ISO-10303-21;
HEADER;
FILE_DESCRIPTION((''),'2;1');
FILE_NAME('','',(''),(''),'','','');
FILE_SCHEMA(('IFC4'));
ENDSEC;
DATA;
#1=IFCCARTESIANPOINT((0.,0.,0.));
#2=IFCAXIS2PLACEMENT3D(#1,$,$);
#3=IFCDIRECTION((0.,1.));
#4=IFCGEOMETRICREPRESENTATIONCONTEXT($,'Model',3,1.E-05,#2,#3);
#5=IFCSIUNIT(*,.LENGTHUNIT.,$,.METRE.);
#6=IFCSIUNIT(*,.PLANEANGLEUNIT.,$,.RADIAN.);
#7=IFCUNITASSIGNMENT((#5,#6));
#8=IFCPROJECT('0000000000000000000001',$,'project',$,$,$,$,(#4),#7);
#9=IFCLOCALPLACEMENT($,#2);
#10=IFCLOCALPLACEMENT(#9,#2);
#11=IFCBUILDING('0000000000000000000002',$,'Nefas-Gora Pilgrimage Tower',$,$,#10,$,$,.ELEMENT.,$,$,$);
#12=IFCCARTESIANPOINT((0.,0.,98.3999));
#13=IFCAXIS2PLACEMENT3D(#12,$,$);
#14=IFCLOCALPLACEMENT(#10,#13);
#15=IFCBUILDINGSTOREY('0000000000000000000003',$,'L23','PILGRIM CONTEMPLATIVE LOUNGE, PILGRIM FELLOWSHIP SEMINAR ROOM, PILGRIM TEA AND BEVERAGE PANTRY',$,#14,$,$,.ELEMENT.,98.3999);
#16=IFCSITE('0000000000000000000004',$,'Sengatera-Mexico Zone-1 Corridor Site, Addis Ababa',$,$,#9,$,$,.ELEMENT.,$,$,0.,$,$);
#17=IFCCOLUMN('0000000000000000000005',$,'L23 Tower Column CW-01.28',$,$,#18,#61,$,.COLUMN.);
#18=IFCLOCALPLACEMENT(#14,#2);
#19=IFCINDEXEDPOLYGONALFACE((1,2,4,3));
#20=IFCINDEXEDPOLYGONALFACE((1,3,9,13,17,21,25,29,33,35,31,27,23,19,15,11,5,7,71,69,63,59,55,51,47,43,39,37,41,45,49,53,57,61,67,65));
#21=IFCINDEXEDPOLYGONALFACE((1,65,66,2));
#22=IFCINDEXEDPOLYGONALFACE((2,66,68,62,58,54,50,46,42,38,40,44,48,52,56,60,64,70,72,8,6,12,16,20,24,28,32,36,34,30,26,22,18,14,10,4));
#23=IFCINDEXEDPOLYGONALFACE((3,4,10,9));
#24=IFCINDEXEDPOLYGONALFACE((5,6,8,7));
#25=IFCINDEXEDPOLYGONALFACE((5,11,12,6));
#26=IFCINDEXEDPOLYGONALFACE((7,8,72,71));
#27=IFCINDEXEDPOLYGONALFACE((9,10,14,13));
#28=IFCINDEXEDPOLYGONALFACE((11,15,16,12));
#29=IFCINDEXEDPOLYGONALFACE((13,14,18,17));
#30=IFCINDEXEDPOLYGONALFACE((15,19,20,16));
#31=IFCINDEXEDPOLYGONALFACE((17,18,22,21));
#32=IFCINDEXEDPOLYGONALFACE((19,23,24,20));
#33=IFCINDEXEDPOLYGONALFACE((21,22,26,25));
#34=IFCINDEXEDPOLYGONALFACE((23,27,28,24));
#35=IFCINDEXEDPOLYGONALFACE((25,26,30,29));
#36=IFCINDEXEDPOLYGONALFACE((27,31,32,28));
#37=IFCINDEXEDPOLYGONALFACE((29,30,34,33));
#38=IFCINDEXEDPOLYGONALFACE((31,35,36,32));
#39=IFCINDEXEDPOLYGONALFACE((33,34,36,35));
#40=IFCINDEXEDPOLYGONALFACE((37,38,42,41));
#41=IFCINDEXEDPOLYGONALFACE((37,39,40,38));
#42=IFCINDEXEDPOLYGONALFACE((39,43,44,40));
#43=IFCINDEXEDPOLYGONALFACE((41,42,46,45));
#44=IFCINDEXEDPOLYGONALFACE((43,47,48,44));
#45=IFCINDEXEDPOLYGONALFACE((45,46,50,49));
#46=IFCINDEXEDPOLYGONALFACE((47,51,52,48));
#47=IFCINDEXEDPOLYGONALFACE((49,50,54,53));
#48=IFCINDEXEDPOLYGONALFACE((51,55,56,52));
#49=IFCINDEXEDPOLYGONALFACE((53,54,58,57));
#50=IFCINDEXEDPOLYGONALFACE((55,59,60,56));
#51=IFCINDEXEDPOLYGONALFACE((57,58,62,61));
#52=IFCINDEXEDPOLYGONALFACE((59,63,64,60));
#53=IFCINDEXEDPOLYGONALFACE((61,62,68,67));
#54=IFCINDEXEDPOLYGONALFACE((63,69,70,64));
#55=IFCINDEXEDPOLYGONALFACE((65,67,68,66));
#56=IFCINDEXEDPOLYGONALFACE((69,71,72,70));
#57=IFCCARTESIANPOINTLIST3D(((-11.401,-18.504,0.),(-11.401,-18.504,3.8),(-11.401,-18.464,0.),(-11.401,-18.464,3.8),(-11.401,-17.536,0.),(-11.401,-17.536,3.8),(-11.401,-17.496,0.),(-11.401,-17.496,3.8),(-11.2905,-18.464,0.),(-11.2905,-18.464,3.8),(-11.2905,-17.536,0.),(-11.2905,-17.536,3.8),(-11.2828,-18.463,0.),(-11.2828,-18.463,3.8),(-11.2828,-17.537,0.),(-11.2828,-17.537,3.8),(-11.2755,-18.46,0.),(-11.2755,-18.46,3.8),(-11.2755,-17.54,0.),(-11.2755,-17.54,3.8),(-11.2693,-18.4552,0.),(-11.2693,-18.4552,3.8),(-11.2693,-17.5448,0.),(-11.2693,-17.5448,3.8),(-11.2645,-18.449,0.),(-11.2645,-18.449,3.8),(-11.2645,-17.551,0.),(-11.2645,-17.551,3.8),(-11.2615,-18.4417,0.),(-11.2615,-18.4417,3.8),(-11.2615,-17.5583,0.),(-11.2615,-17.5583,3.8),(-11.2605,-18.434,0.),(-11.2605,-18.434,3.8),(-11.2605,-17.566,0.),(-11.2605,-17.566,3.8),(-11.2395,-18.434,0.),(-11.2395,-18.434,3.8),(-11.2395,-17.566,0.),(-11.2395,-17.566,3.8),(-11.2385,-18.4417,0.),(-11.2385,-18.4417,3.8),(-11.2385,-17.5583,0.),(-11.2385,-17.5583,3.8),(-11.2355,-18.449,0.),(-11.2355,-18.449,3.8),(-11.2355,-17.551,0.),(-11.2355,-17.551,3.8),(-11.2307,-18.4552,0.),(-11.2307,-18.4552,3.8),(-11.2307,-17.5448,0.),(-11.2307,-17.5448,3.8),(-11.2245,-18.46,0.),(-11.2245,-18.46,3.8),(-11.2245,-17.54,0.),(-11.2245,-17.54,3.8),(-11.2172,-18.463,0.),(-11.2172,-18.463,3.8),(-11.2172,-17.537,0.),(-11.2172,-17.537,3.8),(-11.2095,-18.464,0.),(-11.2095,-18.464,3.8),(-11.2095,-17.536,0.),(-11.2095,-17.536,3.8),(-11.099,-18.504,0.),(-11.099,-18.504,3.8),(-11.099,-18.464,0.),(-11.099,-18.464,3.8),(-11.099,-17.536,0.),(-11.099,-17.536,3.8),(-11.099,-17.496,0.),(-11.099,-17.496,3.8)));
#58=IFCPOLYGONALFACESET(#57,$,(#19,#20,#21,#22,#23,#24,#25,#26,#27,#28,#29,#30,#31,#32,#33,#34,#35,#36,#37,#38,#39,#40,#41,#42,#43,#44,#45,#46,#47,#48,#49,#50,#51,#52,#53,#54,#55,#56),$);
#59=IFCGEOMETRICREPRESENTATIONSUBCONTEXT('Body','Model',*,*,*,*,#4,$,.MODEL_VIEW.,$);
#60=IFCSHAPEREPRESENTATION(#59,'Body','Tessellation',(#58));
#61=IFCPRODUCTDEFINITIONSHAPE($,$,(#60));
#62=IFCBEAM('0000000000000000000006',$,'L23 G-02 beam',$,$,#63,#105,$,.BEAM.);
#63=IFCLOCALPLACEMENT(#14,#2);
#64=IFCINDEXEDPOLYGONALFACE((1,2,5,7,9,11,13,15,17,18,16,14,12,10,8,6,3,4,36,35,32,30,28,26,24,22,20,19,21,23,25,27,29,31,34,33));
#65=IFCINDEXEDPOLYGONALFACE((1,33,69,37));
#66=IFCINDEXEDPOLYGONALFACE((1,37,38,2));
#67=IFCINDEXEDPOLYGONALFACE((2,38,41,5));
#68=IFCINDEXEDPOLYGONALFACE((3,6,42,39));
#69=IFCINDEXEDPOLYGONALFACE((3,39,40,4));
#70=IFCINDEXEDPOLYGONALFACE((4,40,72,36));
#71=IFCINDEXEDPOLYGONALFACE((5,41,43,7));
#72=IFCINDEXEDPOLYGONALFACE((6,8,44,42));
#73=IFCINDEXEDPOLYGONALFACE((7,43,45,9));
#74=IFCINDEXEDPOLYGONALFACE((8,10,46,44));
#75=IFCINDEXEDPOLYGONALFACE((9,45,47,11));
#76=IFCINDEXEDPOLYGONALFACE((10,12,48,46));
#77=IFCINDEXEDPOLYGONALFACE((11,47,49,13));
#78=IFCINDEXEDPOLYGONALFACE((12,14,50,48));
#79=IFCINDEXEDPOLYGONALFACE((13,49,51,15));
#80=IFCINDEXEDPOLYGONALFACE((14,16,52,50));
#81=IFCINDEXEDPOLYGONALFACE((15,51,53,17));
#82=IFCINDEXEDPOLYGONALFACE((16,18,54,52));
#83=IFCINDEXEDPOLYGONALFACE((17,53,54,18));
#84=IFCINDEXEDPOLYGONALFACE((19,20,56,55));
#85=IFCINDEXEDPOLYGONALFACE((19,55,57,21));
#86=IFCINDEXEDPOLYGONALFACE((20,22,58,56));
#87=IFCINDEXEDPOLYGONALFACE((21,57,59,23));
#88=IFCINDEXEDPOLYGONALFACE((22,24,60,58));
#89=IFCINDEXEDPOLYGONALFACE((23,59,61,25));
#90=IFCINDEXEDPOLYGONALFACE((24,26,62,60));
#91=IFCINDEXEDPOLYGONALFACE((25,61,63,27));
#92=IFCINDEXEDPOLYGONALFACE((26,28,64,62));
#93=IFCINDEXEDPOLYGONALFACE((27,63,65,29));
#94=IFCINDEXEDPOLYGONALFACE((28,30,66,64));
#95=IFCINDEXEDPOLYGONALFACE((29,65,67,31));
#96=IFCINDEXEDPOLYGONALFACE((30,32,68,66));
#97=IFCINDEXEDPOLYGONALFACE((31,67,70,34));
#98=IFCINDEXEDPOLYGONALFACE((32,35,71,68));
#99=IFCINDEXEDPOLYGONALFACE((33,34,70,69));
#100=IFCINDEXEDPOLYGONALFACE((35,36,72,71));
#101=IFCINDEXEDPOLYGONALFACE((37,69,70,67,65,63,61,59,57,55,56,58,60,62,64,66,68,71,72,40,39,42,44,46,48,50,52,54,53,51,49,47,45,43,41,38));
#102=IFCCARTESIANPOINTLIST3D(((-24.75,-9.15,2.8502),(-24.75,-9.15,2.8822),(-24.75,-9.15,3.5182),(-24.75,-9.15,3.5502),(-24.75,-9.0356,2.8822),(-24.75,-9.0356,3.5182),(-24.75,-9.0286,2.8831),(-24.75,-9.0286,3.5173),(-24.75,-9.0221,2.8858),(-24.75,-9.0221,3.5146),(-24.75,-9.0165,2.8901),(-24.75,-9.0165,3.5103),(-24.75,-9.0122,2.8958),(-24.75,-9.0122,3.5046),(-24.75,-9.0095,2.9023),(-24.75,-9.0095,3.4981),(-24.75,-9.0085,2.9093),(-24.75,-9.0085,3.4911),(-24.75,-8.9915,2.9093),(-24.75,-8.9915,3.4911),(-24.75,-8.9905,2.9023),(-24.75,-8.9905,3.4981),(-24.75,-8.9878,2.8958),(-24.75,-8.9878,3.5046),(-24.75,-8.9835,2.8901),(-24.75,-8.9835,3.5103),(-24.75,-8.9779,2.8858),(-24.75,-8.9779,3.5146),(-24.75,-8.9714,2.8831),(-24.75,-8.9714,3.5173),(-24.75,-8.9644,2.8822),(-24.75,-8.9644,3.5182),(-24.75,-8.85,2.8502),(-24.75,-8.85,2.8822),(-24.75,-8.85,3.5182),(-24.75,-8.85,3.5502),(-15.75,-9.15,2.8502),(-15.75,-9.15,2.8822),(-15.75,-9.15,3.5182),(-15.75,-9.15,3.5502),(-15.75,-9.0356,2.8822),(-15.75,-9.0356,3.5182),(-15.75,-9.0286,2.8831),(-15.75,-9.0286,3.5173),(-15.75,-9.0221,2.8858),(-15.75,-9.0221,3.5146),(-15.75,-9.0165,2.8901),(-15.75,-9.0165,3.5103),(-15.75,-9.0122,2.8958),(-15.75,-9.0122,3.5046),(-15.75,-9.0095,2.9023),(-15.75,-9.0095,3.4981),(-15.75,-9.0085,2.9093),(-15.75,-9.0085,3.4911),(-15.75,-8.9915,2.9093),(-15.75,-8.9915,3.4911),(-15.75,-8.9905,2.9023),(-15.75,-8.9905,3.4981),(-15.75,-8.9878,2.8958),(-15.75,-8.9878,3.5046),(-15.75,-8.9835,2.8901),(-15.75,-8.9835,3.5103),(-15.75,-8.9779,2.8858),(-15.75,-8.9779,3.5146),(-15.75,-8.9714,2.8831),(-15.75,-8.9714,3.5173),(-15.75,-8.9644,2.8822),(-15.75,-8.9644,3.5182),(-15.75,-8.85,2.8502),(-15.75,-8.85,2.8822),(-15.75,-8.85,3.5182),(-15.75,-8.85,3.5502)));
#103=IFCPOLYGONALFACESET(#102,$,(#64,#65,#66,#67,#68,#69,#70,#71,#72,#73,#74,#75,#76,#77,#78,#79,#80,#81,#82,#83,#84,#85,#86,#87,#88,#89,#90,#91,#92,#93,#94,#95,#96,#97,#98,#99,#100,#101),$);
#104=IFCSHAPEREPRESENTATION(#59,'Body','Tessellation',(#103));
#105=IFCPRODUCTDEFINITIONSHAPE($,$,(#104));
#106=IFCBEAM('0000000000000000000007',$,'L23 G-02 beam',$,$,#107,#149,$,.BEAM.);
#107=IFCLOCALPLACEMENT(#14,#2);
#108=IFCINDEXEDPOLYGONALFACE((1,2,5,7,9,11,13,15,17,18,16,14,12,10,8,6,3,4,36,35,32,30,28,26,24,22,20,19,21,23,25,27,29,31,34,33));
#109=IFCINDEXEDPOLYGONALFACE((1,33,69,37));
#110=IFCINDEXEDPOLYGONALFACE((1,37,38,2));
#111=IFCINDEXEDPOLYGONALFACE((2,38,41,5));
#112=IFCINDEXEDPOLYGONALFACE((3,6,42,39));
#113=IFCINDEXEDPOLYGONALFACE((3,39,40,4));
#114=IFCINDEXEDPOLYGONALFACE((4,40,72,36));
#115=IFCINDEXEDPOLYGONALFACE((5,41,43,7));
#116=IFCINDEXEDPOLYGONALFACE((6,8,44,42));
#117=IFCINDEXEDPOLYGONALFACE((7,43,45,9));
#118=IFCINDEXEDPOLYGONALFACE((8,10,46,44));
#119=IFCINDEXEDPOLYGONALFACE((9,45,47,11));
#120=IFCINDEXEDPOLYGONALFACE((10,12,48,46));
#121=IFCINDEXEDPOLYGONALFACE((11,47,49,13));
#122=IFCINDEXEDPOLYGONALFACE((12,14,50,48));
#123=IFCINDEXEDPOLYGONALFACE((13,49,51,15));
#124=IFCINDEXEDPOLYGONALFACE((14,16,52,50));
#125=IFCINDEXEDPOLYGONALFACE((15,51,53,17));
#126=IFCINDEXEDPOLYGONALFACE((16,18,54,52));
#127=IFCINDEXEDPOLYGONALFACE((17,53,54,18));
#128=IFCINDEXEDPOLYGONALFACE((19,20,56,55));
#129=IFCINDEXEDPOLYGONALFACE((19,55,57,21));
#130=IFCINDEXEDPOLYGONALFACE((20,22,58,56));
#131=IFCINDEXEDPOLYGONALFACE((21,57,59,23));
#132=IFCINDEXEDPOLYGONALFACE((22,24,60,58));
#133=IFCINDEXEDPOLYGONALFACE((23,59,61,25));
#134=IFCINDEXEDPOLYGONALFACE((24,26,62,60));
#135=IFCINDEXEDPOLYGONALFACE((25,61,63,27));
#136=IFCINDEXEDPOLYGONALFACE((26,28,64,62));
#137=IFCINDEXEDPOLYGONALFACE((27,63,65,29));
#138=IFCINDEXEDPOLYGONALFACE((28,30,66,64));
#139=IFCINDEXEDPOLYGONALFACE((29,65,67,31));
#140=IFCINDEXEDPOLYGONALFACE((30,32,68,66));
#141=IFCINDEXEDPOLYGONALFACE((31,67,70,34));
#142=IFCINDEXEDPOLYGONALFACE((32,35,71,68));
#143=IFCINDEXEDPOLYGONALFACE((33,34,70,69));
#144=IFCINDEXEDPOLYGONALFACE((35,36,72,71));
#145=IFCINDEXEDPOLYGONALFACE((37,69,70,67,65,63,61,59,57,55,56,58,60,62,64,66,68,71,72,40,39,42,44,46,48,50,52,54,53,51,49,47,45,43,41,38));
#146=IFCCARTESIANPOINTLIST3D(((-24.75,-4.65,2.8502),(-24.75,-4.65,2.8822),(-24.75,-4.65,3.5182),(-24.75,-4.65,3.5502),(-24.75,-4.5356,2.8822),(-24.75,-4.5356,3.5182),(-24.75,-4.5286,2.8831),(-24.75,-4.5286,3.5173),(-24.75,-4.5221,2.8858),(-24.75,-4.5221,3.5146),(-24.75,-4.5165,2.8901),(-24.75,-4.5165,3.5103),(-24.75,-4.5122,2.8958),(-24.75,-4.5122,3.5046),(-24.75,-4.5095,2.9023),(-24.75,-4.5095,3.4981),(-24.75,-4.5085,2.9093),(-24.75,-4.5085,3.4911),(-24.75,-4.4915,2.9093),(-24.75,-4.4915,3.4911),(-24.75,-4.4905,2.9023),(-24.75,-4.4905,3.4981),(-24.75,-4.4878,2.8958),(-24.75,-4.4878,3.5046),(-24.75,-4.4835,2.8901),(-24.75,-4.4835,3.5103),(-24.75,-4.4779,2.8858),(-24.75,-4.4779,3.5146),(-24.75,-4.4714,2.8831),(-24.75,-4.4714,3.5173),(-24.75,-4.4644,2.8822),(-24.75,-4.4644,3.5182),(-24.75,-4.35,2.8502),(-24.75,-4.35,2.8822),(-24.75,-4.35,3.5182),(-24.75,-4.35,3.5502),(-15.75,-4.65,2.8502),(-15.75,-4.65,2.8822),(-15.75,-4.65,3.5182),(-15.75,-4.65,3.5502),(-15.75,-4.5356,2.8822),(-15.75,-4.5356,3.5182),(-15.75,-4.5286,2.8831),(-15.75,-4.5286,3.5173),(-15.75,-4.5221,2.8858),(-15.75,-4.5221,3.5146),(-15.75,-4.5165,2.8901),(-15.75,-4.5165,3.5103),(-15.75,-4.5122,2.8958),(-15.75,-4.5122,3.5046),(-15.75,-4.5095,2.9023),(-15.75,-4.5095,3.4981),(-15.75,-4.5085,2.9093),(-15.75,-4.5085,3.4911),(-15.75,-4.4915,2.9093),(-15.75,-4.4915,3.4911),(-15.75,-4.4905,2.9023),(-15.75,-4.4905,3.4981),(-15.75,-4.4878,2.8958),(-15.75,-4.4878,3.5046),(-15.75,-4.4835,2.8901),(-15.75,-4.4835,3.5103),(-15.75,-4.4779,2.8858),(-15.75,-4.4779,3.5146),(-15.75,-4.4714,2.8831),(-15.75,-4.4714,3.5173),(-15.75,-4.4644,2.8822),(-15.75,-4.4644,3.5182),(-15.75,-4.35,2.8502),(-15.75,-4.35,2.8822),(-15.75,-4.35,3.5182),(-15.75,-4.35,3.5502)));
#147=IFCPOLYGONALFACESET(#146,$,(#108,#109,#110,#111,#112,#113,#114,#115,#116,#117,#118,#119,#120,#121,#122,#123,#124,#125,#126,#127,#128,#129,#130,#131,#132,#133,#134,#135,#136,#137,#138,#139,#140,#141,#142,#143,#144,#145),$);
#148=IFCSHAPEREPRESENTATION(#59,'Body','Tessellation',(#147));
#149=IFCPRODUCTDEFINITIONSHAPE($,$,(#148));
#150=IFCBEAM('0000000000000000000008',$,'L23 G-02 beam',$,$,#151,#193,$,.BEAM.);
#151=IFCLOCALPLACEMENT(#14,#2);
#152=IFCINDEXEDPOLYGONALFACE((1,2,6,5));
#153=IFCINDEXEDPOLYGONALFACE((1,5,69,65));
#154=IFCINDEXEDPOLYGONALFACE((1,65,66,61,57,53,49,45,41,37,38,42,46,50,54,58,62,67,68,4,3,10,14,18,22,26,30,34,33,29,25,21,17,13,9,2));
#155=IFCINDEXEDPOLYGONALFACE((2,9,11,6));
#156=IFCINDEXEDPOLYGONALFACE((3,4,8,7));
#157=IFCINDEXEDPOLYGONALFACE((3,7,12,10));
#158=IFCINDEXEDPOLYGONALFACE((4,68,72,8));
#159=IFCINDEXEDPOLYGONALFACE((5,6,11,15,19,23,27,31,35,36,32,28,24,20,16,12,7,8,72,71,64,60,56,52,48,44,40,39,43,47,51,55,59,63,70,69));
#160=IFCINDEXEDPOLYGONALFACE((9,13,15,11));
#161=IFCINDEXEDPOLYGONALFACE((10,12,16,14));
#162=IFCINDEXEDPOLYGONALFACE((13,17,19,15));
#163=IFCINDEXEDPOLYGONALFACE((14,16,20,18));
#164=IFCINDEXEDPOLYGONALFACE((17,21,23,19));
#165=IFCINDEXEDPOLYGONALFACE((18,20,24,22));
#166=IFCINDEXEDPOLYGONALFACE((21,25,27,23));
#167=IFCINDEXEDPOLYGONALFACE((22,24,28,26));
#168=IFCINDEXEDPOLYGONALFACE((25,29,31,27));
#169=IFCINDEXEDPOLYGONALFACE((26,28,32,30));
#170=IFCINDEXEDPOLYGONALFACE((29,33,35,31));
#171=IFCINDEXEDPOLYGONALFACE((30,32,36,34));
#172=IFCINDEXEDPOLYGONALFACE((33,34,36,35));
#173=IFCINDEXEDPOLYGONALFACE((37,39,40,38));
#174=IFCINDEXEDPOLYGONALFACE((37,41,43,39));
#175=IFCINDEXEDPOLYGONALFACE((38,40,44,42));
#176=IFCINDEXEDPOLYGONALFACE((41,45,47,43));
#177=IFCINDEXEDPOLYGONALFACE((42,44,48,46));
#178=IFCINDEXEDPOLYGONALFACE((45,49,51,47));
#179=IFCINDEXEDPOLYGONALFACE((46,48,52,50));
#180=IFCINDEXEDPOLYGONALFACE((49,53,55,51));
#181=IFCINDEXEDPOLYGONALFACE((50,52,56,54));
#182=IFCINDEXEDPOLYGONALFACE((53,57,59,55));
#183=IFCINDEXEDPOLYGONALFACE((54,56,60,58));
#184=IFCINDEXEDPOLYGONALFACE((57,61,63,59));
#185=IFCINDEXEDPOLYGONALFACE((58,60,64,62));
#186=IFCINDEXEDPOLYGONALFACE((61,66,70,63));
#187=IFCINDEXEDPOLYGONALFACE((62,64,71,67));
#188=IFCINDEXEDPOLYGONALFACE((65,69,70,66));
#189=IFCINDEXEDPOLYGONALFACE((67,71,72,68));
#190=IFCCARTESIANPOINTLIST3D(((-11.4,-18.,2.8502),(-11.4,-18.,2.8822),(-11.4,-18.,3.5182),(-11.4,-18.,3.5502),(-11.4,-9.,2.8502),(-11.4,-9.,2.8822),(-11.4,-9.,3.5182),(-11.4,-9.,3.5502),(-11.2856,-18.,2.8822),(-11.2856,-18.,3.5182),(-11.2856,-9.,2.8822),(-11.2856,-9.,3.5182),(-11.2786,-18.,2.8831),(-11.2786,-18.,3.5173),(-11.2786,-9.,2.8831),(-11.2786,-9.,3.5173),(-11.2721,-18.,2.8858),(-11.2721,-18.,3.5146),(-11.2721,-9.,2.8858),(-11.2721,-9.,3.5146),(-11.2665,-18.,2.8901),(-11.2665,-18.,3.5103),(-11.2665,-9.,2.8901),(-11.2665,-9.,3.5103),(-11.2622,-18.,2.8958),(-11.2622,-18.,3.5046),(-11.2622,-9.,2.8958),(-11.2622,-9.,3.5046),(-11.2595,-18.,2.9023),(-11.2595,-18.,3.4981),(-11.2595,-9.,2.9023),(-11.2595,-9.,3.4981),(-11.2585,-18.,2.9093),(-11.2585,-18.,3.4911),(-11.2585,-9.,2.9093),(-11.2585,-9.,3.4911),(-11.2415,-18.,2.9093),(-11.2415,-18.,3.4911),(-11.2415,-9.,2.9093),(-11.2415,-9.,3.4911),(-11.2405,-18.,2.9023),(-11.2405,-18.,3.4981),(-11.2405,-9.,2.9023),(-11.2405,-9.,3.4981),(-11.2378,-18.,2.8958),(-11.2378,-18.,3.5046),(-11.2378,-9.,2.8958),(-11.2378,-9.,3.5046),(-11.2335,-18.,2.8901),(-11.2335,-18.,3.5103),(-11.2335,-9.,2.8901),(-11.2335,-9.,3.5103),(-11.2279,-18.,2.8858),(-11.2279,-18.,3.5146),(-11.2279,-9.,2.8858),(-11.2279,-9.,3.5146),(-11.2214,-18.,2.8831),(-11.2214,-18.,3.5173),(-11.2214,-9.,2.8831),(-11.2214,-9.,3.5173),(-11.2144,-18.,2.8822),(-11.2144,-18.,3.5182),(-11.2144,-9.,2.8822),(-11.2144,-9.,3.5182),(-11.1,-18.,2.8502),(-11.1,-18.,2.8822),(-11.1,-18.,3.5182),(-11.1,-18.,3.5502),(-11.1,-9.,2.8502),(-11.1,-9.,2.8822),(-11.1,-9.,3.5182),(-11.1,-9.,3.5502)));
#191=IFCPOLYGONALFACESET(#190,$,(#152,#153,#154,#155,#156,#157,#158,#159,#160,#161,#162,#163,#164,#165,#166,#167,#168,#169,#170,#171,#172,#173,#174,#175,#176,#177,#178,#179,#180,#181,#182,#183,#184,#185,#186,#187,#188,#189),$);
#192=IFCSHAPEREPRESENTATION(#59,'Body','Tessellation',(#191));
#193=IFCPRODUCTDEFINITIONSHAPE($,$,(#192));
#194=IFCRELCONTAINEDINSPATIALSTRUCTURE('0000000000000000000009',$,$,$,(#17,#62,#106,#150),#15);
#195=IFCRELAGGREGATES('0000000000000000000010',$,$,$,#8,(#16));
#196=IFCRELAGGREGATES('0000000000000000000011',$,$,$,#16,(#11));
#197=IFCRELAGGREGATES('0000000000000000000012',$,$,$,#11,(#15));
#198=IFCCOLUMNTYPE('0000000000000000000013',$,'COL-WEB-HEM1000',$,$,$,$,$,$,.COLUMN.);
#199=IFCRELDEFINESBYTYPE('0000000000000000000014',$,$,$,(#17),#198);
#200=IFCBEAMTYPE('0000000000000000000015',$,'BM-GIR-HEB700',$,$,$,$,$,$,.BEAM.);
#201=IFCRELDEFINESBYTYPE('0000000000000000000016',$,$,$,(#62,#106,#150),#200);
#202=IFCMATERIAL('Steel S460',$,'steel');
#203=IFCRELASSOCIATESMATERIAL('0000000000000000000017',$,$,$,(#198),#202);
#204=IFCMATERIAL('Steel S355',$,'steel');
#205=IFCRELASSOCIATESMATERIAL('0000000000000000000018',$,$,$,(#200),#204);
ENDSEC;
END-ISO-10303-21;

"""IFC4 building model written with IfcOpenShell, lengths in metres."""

from ifc_helpers import new_model, si_unit, direction, frame, origin, origin_2d, place, context, subcontext, project, spatial, i_section, extrude, source, transform, mapped, material, material_profile, profile_set, type_object, element, save


model = new_model("IFC4")

# Units and contexts
model_context = context("Model", 3, precision=1e-05, world=origin(), true_north=direction((0.0, 1.0)))
body_context = subcontext(model_context, "Body", "Model", "MODEL_VIEW")
ifc_project = project(units=[si_unit("LENGTHUNIT", "METRE"), si_unit("PLANEANGLEUNIT", "RADIAN")], contexts=[model_context])

# Site, building, storey
site_placement = place(None, origin())
site = spatial("IfcSite", under=ifc_project, at=site_placement, Name="Sengatera-Mexico Zone-1 Corridor Site, Addis Ababa", CompositionType="ELEMENT", RefElevation=0.0)
building_placement = place(site_placement, origin())
building = spatial("IfcBuilding", under=site, at=building_placement, Name="Nefas-Gora Pilgrimage Tower", CompositionType="ELEMENT")
storey_placement = place(building_placement, frame((0.0, 0.0, 98.3999)))
storey = spatial("IfcBuildingStorey", under=building, at=storey_placement, Name="L23", Description="PILGRIM CONTEMPLATIVE LOUNGE, PILGRIM FELLOWSHIP SEMINAR ROOM, PILGRIM TEA AND BEVERAGE PANTRY", CompositionType="ELEMENT", Elevation=98.3999)

# Column
ifc_material_1 = material(Name="Steel S460", Category="steel")
ifc_material_profile_1 = material_profile(ifc_material_1, i_section(OverallWidth=0.302, OverallDepth=1.0081, WebThickness=0.021, FlangeThickness=0.04, FilletRadius=0.03, at=origin_2d()), Name="HEM 1000")
ifc_profile_set_1 = profile_set([ifc_material_profile_1], Name="Steel S460")
column_type_1 = type_object("IfcColumnType", Name="COL-WEB-HEM1000", PredefinedType="COLUMN", material=ifc_profile_set_1)
shared_shape_1 = source(origin(), body_context, "Body", "SweptSolid", [
    extrude(i_section(OverallWidth=0.302, OverallDepth=1.0081, WebThickness=0.021, FlangeThickness=0.04, FilletRadius=0.03, at=origin_2d()), origin(), (0.0, 0.0, 1.0), 3.8),
])
for number, where, z_axis, x_axis, name in (
    (1, (-11.25, -18.0, 0.0), (0.0, 0.0, 1.0), (1.0, 0.0, 0.0), "L23 Tower Column CW-01.28"),
):
    element("IfcColumn", number, at=place(storey_placement, frame(where, z_axis=z_axis, x_axis=x_axis)), inside=storey, type_object=column_type_1, Name=name, PredefinedType="COLUMN", context=body_context, shape_type="MappedRepresentation", body=[
        mapped(shared_shape_1, transform((0.0, 0.0, 0.0), x_axis=(1.0, 0.0, 0.0), y_axis=(0.0, 1.0, 0.0), z_axis=(0.0, 0.0, 1.0), scale=1.0)),
    ])

# Beams
ifc_material_2 = material(Name="Steel S355", Category="steel")
ifc_material_profile_2 = material_profile(ifc_material_2, i_section(OverallWidth=0.3, OverallDepth=0.7, WebThickness=0.0171, FlangeThickness=0.032, FilletRadius=0.0271, at=origin_2d()), Name="HEB 700")
ifc_profile_set_2 = profile_set([ifc_material_profile_2], Name="Steel S355")
beam_type = type_object("IfcBeamType", Name="BM-GIR-HEB700", PredefinedType="BEAM", material=ifc_profile_set_2)
shared_shape_2 = source(origin(), body_context, "Body", "SweptSolid", [
    extrude(i_section(OverallWidth=0.3, OverallDepth=0.7, WebThickness=0.0171, FlangeThickness=0.032, FilletRadius=0.0271, at=origin_2d()), origin(), (0.0, 0.0, 1.0), 9.0),
])
for number, where, z_axis, x_axis, name in (
    (2, (-24.75, -9.0, 3.2002), (1.0, 0.0, 0.0), (0.0, 1.0, 0.0), "L23 G-02 beam"),
    (3, (-24.75, -4.5, 3.2002), (1.0, 0.0, 0.0), (0.0, 1.0, 0.0), "L23 G-02 beam"),
    (4, (-11.25, -18.0, 3.2002), (0.0, 1.0, 0.0), (-1.0, 0.0, 0.0), "L23 G-02 beam"),
):
    element("IfcBeam", number, at=place(storey_placement, frame(where, z_axis=z_axis, x_axis=x_axis)), inside=storey, type_object=beam_type, Name=name, PredefinedType="BEAM", context=body_context, shape_type="MappedRepresentation", body=[
        mapped(shared_shape_2, transform((0.0, 0.0, 0.0), x_axis=(1.0, 0.0, 0.0), y_axis=(0.0, 1.0, 0.0), z_axis=(0.0, 0.0, 1.0), scale=1.0)),
    ])

save(model, "model.ifc")
